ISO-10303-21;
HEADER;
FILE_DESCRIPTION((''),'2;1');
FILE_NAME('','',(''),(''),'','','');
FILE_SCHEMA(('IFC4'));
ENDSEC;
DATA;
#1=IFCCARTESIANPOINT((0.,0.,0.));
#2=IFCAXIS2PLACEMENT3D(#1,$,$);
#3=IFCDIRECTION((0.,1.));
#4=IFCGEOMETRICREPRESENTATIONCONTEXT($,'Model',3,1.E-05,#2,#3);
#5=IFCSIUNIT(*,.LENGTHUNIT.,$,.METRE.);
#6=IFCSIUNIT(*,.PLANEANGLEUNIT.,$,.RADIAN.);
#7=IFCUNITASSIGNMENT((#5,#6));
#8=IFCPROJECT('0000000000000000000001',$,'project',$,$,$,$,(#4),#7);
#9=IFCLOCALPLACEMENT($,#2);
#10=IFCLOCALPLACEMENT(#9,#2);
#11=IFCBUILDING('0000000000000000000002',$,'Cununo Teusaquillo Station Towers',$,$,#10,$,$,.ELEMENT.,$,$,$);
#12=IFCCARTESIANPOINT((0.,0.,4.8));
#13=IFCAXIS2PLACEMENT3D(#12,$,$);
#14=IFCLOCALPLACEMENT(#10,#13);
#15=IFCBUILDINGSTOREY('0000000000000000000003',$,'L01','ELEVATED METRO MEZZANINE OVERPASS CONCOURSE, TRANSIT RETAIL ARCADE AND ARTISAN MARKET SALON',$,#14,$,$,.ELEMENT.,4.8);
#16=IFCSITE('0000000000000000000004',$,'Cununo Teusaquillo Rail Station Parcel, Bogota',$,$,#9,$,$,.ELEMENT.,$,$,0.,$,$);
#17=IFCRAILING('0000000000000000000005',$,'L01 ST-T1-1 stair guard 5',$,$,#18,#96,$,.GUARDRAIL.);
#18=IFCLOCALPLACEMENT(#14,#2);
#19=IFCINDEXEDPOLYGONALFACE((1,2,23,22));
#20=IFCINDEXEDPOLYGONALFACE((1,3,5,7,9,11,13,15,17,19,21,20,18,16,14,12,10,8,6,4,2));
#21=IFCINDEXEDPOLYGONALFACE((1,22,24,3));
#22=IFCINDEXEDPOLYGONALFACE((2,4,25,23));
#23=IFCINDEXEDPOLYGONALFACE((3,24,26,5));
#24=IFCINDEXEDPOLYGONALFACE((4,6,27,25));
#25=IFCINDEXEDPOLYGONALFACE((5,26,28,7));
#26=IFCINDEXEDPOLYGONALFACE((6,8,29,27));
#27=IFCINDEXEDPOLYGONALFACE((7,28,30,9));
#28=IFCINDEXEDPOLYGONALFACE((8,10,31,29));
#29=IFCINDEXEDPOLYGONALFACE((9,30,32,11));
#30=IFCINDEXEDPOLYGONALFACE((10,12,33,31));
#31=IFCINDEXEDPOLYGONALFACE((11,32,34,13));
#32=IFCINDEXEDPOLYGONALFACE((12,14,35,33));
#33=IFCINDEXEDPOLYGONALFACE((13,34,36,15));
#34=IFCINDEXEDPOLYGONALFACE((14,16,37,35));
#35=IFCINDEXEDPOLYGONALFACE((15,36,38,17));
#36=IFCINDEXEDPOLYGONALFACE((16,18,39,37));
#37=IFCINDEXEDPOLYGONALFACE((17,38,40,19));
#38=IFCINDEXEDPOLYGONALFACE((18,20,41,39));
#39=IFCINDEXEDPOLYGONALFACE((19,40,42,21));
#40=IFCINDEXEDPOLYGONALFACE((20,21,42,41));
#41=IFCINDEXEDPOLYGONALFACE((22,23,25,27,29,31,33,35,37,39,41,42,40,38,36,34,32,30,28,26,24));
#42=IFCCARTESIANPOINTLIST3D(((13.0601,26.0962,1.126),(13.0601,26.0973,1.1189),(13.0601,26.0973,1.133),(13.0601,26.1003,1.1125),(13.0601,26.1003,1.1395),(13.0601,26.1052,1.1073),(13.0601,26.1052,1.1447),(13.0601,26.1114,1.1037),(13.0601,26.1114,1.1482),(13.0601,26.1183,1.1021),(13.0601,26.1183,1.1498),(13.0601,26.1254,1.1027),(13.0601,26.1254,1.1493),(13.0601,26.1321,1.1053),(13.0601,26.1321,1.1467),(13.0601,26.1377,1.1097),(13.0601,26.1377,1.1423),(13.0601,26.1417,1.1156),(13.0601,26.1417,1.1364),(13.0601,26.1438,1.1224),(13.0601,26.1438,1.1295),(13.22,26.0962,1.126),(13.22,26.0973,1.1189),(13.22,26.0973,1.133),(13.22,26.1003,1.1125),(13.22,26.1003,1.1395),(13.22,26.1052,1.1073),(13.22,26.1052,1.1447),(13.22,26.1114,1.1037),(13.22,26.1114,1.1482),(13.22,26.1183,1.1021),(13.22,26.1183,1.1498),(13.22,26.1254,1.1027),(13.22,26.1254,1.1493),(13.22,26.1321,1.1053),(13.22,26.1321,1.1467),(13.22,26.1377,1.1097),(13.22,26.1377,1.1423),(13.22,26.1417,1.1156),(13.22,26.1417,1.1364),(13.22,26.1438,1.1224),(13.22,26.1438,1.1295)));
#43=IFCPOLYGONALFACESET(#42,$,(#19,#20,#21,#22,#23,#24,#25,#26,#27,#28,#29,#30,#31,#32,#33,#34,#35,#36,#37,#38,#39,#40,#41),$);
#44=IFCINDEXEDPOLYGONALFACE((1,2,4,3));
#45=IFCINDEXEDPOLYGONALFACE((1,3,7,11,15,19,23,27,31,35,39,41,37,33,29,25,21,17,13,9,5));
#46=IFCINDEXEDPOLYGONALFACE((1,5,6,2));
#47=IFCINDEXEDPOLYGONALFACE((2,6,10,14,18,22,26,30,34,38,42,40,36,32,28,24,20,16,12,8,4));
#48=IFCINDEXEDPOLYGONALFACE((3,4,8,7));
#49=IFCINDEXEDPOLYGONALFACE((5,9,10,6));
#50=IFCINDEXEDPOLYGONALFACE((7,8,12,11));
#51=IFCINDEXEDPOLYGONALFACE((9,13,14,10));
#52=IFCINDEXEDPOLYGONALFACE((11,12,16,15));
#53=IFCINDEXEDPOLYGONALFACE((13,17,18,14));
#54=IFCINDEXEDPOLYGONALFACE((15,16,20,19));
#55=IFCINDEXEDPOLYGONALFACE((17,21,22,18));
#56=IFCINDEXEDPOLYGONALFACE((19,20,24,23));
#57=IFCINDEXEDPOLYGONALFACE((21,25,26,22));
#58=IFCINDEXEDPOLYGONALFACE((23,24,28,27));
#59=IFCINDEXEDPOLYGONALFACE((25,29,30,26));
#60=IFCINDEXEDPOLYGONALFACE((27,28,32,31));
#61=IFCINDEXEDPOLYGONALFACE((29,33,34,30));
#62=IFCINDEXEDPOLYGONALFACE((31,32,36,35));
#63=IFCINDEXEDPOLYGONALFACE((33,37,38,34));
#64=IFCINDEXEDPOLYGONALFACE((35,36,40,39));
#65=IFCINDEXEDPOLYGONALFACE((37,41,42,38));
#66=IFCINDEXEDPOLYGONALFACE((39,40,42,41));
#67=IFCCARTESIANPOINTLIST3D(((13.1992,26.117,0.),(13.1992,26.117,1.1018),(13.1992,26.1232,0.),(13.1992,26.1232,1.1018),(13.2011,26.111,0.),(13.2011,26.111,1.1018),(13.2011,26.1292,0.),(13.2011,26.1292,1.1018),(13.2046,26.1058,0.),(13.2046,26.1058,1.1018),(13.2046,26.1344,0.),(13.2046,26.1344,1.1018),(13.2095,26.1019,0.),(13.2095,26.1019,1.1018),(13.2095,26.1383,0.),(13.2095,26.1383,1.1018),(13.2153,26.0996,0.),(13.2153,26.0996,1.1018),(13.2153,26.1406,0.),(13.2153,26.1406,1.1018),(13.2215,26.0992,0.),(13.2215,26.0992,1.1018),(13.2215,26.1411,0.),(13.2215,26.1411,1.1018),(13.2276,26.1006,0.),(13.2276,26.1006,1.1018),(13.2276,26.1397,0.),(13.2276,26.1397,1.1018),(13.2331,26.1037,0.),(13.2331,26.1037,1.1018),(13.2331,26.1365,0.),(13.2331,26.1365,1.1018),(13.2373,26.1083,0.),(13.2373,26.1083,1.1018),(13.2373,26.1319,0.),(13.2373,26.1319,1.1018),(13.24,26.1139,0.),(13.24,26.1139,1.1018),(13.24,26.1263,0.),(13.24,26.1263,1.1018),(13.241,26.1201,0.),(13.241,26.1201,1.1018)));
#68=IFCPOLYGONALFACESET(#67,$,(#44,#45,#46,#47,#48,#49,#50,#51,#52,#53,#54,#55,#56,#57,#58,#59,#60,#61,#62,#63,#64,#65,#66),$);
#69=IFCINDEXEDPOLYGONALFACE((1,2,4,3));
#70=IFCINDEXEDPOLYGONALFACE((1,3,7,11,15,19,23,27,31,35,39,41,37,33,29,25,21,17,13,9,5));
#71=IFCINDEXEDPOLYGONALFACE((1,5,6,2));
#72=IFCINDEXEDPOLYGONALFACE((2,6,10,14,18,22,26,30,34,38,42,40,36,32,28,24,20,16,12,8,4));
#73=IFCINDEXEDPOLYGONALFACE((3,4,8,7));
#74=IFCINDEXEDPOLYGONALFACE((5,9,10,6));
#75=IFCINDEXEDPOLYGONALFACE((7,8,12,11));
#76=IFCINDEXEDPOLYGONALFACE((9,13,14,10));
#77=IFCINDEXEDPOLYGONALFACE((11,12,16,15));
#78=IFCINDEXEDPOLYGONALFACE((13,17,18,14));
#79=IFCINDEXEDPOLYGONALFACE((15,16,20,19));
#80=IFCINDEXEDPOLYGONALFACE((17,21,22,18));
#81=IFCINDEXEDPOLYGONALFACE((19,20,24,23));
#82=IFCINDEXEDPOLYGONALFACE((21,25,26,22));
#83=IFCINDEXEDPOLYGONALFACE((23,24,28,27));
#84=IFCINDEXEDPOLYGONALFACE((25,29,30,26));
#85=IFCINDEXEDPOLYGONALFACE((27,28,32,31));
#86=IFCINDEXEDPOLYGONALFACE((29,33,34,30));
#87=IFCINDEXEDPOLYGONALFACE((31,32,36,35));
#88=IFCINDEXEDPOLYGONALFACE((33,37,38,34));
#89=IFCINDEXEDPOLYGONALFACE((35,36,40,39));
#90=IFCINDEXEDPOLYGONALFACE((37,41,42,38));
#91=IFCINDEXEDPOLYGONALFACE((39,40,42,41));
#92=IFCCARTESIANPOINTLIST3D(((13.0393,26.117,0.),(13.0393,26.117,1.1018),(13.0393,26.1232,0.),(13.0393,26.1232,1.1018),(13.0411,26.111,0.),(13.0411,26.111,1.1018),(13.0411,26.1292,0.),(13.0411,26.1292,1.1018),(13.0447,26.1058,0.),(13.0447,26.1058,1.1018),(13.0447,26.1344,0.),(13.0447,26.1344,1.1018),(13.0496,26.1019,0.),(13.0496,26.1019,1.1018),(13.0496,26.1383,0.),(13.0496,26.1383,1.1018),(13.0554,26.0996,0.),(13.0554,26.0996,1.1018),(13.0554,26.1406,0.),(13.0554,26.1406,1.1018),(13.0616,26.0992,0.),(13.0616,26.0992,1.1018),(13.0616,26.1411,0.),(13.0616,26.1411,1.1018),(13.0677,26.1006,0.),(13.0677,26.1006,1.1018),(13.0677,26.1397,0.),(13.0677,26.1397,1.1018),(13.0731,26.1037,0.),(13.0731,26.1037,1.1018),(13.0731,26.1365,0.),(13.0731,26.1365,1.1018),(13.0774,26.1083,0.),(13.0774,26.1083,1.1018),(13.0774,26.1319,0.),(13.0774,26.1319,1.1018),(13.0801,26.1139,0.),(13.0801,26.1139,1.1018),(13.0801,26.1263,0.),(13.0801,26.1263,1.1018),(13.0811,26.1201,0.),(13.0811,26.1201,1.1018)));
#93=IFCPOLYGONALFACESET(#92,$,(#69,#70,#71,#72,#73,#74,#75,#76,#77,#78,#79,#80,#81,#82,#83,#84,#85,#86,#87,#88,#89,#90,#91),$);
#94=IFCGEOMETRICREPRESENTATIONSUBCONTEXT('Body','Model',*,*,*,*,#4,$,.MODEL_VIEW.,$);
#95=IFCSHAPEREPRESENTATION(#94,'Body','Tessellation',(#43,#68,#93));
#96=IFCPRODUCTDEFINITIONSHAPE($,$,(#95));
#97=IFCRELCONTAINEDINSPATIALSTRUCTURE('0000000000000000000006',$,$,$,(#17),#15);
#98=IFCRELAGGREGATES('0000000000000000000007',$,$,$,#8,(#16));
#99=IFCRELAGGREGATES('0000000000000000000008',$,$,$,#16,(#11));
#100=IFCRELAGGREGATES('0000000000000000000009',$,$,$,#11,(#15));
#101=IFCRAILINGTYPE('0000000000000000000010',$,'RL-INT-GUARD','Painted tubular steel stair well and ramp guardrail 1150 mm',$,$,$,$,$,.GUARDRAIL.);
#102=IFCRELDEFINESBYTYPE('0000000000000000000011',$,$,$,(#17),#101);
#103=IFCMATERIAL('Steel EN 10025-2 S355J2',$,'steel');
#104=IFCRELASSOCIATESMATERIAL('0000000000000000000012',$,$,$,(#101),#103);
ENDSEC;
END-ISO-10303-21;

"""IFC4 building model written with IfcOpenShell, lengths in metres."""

from ifc_helpers import new_model, si_unit, direction, frame, origin, origin_2d, place, context, subcontext, project, spatial, circle, extrude, material, type_object, element, save


model = new_model("IFC4")

# Units and contexts
model_context = context("Model", 3, precision=1e-05, world=origin(), true_north=direction((0.0, 1.0)))
body_context = subcontext(model_context, "Body", "Model", "MODEL_VIEW")
ifc_project = project(units=[si_unit("LENGTHUNIT", "METRE"), si_unit("PLANEANGLEUNIT", "RADIAN")], contexts=[model_context])

# Site, building, storey
site_placement = place(None, origin())
site = spatial("IfcSite", under=ifc_project, at=site_placement, Name="Cununo Teusaquillo Rail Station Parcel, Bogota", CompositionType="ELEMENT", RefElevation=0.0)
building_placement = place(site_placement, origin())
building = spatial("IfcBuilding", under=site, at=building_placement, Name="Cununo Teusaquillo Station Towers", CompositionType="ELEMENT")
storey_placement = place(building_placement, frame((0.0, 0.0, 4.8)))
storey = spatial("IfcBuildingStorey", under=building, at=storey_placement, Name="L01", Description="ELEVATED METRO MEZZANINE OVERPASS CONCOURSE, TRANSIT RETAIL ARCADE AND ARTISAN MARKET SALON", CompositionType="ELEMENT", Elevation=4.8)

# Railing
ifc_material_1 = material(Name="Steel EN 10025-2 S355J2", Category="steel")
railing_type_1 = type_object("IfcRailingType", Name="RL-INT-GUARD", Description="Painted tubular steel stair well and ramp guardrail 1150 mm", PredefinedType="GUARDRAIL", material=ifc_material_1)
railing_1_placement = place(storey_placement, frame((13.22, 26.1201, 0.0)))
element("IfcRailing", 1, at=railing_1_placement, inside=storey, type_object=railing_type_1, Name="L01 ST-T1-1 stair guard 5", PredefinedType="GUARDRAIL", context=body_context, shape_type="SweptSolid", body=[
    extrude(circle(Radius=0.0239, at=origin_2d()), frame((0.0, 0.0, 1.126), z_axis=(-1.0, 0.0, 0.0), x_axis=(0.0, -1.0, 0.0)), (0.0, 0.0, 1.0), 0.1599),
    extrude(circle(Radius=0.021, at=origin_2d()), origin(), (0.0, 0.0, 1.0), 1.1018),
    extrude(circle(Radius=0.021, at=origin_2d()), frame((-0.1599, 0.0, 0.0)), (0.0, 0.0, 1.0), 1.1018),
])

save(model, "model.ifc")
